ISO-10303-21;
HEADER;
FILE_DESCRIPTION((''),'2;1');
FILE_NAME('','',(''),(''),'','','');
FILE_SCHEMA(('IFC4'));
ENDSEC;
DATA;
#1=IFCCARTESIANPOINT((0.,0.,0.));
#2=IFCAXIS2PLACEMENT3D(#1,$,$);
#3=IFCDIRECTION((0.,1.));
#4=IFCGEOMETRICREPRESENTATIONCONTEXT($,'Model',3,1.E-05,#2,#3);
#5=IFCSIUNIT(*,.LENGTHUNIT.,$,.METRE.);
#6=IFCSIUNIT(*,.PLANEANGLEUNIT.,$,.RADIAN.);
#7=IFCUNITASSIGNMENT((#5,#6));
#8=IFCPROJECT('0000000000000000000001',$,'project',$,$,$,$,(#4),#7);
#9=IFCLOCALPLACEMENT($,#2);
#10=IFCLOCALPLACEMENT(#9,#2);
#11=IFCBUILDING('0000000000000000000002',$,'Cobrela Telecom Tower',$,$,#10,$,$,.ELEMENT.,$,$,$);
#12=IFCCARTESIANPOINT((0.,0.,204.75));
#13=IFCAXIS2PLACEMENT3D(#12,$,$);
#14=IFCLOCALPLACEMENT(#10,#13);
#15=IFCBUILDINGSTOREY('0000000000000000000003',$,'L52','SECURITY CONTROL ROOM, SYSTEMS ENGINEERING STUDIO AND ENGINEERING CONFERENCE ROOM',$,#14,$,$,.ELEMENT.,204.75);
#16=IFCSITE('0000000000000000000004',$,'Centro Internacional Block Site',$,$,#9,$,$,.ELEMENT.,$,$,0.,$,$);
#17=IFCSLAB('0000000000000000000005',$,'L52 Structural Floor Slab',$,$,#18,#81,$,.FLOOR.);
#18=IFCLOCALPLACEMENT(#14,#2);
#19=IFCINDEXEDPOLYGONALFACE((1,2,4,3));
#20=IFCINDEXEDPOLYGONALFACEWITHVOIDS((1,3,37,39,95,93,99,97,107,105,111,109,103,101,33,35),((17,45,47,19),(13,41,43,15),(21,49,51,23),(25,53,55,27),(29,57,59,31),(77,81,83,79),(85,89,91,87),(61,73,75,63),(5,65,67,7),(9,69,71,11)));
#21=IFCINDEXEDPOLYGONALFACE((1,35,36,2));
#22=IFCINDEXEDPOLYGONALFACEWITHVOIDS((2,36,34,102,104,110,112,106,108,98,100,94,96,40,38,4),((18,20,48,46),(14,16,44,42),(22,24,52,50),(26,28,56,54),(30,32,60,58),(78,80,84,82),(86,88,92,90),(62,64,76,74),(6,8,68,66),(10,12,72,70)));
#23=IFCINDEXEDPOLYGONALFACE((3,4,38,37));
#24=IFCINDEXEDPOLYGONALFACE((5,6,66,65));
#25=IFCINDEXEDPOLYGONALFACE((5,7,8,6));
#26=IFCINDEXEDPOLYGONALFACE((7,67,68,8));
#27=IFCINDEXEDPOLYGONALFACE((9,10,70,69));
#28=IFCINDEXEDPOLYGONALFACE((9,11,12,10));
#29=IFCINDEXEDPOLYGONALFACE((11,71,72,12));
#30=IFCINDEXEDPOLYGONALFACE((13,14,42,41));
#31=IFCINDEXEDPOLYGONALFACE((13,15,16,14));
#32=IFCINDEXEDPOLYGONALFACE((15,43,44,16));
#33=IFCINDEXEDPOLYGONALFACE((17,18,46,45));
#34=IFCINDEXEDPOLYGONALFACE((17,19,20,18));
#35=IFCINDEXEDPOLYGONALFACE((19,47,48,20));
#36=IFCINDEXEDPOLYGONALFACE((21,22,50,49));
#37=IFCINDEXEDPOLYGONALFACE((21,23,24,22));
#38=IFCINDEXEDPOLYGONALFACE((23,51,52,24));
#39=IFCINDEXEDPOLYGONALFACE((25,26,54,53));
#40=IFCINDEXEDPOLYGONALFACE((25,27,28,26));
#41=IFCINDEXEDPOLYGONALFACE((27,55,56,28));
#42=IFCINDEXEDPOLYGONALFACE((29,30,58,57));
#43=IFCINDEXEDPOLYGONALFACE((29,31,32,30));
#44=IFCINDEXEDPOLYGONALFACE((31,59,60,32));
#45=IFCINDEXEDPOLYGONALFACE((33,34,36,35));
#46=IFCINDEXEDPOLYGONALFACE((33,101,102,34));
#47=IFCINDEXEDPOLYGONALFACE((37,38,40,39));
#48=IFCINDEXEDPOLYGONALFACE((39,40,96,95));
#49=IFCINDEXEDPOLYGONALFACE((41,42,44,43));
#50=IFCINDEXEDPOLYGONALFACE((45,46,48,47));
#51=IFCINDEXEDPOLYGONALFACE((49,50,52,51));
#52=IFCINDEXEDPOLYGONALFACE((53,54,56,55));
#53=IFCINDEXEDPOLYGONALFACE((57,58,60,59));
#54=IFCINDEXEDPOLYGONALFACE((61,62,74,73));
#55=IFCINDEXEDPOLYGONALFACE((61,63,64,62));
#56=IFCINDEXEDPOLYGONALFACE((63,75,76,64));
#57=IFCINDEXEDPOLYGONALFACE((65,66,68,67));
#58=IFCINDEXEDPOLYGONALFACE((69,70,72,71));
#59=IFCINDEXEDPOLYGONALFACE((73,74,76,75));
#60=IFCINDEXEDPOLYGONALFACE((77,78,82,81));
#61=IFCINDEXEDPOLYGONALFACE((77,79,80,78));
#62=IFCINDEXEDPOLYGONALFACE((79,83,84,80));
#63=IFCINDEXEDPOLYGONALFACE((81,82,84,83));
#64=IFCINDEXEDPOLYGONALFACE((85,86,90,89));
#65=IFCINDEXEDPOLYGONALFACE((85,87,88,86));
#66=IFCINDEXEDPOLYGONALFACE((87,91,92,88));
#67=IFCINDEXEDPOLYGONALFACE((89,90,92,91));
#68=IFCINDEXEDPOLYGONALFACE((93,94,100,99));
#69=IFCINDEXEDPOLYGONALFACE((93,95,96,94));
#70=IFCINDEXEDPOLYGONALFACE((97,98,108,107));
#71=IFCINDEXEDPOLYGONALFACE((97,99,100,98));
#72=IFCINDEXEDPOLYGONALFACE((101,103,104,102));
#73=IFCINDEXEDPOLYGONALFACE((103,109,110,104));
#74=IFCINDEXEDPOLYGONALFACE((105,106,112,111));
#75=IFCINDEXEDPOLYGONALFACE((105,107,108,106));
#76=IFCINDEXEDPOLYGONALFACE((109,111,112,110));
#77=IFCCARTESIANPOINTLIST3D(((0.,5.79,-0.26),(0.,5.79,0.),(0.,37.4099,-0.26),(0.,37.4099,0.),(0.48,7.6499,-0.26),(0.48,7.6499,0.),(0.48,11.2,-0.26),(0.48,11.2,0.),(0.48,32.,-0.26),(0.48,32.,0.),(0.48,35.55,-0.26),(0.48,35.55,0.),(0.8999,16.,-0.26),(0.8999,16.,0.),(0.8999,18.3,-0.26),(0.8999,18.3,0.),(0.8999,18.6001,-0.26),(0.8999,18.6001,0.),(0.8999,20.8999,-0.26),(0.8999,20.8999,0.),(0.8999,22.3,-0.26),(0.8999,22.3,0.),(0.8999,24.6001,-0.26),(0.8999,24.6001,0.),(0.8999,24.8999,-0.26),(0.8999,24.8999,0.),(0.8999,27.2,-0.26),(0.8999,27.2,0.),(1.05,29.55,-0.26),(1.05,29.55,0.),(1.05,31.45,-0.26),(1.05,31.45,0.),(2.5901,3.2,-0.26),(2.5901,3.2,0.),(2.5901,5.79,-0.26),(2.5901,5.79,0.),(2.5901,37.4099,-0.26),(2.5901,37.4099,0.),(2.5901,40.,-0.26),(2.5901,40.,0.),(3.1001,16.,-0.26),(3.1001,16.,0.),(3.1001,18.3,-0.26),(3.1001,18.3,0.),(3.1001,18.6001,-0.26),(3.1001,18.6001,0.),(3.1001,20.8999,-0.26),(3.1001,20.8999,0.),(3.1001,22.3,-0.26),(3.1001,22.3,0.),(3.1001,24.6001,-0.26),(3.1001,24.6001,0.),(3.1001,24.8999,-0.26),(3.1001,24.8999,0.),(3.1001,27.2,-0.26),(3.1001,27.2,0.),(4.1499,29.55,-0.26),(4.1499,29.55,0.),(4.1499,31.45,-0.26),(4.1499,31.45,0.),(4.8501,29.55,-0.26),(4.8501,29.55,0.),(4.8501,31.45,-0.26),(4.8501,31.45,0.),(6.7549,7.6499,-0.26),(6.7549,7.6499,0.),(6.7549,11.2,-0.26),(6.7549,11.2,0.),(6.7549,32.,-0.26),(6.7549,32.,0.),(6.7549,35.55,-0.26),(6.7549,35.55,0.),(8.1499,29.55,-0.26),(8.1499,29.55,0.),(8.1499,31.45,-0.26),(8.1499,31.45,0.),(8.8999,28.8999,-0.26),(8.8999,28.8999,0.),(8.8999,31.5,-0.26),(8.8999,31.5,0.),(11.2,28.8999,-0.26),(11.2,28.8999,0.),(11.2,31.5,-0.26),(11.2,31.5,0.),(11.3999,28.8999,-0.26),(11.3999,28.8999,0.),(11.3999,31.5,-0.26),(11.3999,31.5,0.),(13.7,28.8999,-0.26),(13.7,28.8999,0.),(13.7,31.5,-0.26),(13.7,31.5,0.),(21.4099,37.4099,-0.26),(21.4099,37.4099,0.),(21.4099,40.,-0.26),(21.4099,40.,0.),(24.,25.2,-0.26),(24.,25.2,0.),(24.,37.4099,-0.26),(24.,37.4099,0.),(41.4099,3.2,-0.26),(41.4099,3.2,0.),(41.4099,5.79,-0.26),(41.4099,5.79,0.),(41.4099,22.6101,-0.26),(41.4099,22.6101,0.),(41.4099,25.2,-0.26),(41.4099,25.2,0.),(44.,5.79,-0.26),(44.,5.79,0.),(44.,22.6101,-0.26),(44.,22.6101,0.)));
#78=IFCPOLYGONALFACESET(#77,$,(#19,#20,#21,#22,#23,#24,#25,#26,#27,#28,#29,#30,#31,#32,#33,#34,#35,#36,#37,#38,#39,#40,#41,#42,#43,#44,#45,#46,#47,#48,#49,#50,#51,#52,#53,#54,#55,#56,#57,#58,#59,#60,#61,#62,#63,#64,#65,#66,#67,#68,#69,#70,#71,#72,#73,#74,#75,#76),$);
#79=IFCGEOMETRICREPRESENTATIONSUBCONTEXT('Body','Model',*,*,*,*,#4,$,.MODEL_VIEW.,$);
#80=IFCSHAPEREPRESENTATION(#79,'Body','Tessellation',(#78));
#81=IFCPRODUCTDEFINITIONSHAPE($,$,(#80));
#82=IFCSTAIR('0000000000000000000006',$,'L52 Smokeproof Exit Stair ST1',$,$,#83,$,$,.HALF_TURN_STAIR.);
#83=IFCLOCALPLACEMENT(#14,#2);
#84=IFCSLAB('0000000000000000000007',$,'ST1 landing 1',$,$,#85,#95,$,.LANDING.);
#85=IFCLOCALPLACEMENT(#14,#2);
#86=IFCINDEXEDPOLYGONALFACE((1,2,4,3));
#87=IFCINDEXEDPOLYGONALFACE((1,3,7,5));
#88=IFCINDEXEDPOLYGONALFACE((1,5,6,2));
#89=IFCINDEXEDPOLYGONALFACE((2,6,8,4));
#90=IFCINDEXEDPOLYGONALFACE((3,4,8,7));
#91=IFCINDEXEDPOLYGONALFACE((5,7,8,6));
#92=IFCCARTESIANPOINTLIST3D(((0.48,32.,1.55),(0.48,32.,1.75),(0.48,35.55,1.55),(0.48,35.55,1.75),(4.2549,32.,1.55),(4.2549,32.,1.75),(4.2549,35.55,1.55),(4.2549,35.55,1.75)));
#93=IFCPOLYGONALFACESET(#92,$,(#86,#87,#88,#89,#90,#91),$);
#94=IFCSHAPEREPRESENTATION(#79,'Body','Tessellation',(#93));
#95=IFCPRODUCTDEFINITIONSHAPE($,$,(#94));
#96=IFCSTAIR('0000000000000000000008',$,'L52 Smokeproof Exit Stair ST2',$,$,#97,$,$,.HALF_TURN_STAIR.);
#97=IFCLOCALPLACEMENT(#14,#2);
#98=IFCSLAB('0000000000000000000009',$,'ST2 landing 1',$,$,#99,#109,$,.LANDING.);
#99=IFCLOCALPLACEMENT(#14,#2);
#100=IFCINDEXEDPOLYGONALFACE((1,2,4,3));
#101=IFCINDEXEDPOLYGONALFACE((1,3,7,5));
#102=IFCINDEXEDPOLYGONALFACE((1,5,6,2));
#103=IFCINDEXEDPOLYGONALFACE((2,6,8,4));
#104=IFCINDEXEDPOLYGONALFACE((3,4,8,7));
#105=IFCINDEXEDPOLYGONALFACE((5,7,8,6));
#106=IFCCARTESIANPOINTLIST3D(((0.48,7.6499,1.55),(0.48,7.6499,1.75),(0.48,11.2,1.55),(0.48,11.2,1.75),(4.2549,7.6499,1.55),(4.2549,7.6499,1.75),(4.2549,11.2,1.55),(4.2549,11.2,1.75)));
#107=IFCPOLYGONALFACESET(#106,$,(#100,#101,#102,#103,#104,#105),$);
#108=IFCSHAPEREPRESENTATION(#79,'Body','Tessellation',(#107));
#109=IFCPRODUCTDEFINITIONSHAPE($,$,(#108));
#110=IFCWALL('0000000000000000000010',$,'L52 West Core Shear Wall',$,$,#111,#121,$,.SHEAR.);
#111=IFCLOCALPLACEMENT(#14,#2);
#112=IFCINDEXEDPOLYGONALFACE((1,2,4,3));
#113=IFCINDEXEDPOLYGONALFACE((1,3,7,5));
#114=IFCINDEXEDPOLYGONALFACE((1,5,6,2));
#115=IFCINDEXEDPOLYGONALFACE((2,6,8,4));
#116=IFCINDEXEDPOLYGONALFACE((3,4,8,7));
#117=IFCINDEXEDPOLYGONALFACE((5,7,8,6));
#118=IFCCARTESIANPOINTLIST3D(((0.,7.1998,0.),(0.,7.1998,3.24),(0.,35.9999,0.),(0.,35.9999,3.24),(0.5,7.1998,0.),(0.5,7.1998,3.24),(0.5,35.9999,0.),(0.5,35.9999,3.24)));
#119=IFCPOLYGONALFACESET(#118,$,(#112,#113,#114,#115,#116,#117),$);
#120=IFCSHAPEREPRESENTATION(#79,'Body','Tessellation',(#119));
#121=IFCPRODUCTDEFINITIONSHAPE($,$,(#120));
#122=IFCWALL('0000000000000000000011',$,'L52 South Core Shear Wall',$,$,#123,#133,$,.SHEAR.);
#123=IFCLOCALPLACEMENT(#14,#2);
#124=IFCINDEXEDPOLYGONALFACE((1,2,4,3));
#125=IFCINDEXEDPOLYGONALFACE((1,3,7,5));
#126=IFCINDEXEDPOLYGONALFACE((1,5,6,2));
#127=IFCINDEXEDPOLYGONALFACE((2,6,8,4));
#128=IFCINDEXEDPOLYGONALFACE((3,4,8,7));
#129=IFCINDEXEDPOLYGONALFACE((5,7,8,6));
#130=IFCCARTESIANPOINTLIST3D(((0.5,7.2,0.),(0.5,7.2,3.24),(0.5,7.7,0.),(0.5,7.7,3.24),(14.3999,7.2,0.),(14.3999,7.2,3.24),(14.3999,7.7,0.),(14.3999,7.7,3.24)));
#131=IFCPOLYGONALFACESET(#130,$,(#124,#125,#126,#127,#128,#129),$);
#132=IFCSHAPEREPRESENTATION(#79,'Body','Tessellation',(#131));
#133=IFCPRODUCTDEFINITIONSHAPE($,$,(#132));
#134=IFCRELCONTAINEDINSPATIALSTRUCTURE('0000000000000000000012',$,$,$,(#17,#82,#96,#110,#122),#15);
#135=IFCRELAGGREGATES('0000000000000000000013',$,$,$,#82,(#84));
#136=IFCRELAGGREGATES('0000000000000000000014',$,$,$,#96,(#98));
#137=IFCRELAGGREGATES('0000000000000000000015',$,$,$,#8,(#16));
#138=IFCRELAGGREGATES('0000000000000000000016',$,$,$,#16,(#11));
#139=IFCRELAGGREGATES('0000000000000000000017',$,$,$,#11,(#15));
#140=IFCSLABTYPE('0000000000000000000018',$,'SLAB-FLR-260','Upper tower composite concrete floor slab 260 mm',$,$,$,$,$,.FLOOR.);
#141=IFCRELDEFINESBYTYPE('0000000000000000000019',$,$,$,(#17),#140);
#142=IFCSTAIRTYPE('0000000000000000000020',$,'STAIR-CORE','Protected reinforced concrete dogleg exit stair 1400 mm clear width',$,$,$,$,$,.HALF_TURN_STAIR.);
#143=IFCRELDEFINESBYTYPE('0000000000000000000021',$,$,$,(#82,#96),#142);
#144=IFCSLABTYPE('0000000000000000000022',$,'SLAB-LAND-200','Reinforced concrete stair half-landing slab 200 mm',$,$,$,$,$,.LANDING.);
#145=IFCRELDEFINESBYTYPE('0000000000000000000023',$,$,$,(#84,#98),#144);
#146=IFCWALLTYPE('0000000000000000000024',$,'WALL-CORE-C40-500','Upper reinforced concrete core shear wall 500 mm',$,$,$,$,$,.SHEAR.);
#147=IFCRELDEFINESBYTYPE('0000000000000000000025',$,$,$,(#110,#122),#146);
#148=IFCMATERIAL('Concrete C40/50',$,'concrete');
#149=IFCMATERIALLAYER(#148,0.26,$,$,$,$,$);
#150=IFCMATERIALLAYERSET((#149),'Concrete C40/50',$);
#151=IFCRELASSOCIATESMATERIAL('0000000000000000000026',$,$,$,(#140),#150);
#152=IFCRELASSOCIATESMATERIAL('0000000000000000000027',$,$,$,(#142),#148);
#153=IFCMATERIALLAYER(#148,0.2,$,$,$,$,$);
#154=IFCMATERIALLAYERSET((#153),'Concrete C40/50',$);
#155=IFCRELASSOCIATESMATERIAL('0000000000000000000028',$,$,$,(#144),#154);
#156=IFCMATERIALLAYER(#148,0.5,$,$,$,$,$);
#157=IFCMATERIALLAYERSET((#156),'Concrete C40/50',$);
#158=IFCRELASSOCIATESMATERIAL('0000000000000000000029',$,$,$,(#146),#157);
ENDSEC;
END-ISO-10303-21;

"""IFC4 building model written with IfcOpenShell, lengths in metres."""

from ifc_helpers import new_model, si_unit, direction, frame, frame_2d, origin, place, context, subcontext, project, spatial, polyline, rectangle, outline, extrude, material, layer, layer_set, type_object, element, aggregate, save


model = new_model("IFC4")

# Units and contexts
model_context = context("Model", 3, precision=1e-05, world=origin(), true_north=direction((0.0, 1.0)))
body_context = subcontext(model_context, "Body", "Model", "MODEL_VIEW")
ifc_project = project(units=[si_unit("LENGTHUNIT", "METRE"), si_unit("PLANEANGLEUNIT", "RADIAN")], contexts=[model_context])

# Site, building, storey
site_placement = place(None, origin())
site = spatial("IfcSite", under=ifc_project, at=site_placement, Name="Centro Internacional Block Site", CompositionType="ELEMENT", RefElevation=0.0)
building_placement = place(site_placement, origin())
building = spatial("IfcBuilding", under=site, at=building_placement, Name="Cobrela Telecom Tower", CompositionType="ELEMENT")
storey_placement = place(building_placement, frame((0.0, 0.0, 204.75)))
storey = spatial("IfcBuildingStorey", under=building, at=storey_placement, Name="L52", Description="SECURITY CONTROL ROOM, SYSTEMS ENGINEERING STUDIO AND ENGINEERING CONFERENCE ROOM", CompositionType="ELEMENT", Elevation=204.75)

# Slab, openings
ifc_material_1 = material(Name="Concrete C40/50", Category="concrete")
ifc_layer_1 = layer(ifc_material_1, 0.26)
ifc_layer_set_1 = layer_set([ifc_layer_1], Name="Concrete C40/50")
slab_type_1 = type_object("IfcSlabType", Name="SLAB-FLR-260", Description="Upper tower composite concrete floor slab 260 mm", PredefinedType="FLOOR", material=ifc_layer_set_1)
slab_1_placement = place(storey_placement, frame((0.0, 0.0, -0.26)))
slab_1 = element("IfcSlab", 1, at=slab_1_placement, inside=storey, type_object=slab_type_1, Name="L52 Structural Floor Slab", PredefinedType="FLOOR", context=body_context, shape_type="SweptSolid", body=[
    extrude(outline(polyline([(2.5901, 3.2), (41.4099, 3.2), (41.4099, 5.79), (44.0, 5.79), (44.0, 22.6101), (41.4099, 22.6101), (41.4099, 25.2), (24.0, 25.2), (24.0, 37.4099), (21.4099, 37.4099), (21.4099, 40.0), (2.5901, 40.0), (2.5901, 37.4099), (0.0, 37.4099), (0.0, 5.79), (2.5901, 5.79), (2.5901, 3.2)])), origin(), (0.0, 0.0, 1.0), 0.26),
])
opening_1_placement = place(slab_1_placement, frame((0.0, 0.0, -0.02)))
element("IfcOpeningElement", 2, at=opening_1_placement, cuts=slab_1, PredefinedType="OPENING", context=body_context, shape_type="SweptSolid", body=[
    extrude(outline(polyline([(8.8999, 28.8999), (11.2, 28.8999), (11.2, 31.5), (8.8999, 31.5), (8.8999, 28.8999)])), origin(), (0.0, 0.0, 1.0), 0.3),
])
opening_2_placement = place(slab_1_placement, frame((0.0, 0.0, -0.02)))
element("IfcOpeningElement", 3, at=opening_2_placement, cuts=slab_1, PredefinedType="OPENING", context=body_context, shape_type="SweptSolid", body=[
    extrude(outline(polyline([(11.3999, 28.8999), (13.7, 28.8999), (13.7, 31.5), (11.3999, 31.5), (11.3999, 28.8999)])), origin(), (0.0, 0.0, 1.0), 0.3),
])
opening_3_placement = place(slab_1_placement, frame((0.0, 0.0, -0.02)))
element("IfcOpeningElement", 4, at=opening_3_placement, cuts=slab_1, PredefinedType="OPENING", context=body_context, shape_type="SweptSolid", body=[
    extrude(outline(polyline([(0.8999, 16.0), (3.1001, 16.0), (3.1001, 18.3), (0.8999, 18.3), (0.8999, 16.0)])), origin(), (0.0, 0.0, 1.0), 0.3),
])
opening_4_placement = place(slab_1_placement, frame((0.0, 0.0, -0.02)))
element("IfcOpeningElement", 5, at=opening_4_placement, cuts=slab_1, PredefinedType="OPENING", context=body_context, shape_type="SweptSolid", body=[
    extrude(outline(polyline([(0.8999, 18.6001), (3.1001, 18.6001), (3.1001, 20.8999), (0.8999, 20.8999), (0.8999, 18.6001)])), origin(), (0.0, 0.0, 1.0), 0.3),
])
opening_5_placement = place(slab_1_placement, frame((0.0, 0.0, -0.02)))
element("IfcOpeningElement", 6, at=opening_5_placement, cuts=slab_1, PredefinedType="OPENING", context=body_context, shape_type="SweptSolid", body=[
    extrude(outline(polyline([(0.8999, 22.3), (3.1001, 22.3), (3.1001, 24.6001), (0.8999, 24.6001), (0.8999, 22.3)])), origin(), (0.0, 0.0, 1.0), 0.3),
])
opening_6_placement = place(slab_1_placement, frame((0.0, 0.0, -0.02)))
element("IfcOpeningElement", 7, at=opening_6_placement, cuts=slab_1, PredefinedType="OPENING", context=body_context, shape_type="SweptSolid", body=[
    extrude(outline(polyline([(0.8999, 24.8999), (3.1001, 24.8999), (3.1001, 27.2), (0.8999, 27.2), (0.8999, 24.8999)])), origin(), (0.0, 0.0, 1.0), 0.3),
])
opening_7_placement = place(slab_1_placement, frame((0.0, 0.0, -0.02)))
element("IfcOpeningElement", 8, at=opening_7_placement, cuts=slab_1, PredefinedType="OPENING", context=body_context, shape_type="SweptSolid", body=[
    extrude(outline(polyline([(1.05, 29.55), (4.1499, 29.55), (4.1499, 31.45), (1.05, 31.45), (1.05, 29.55)])), origin(), (0.0, 0.0, 1.0), 0.3),
])
opening_8_placement = place(slab_1_placement, frame((0.0, 0.0, -0.02)))
element("IfcOpeningElement", 9, at=opening_8_placement, cuts=slab_1, PredefinedType="OPENING", context=body_context, shape_type="SweptSolid", body=[
    extrude(outline(polyline([(4.8501, 29.55), (8.1499, 29.55), (8.1499, 31.45), (4.8501, 31.45), (4.8501, 29.55)])), origin(), (0.0, 0.0, 1.0), 0.3),
])
opening_9_placement = place(slab_1_placement, frame((0.0, 0.0, -0.02)))
element("IfcOpeningElement", 10, at=opening_9_placement, cuts=slab_1, PredefinedType="OPENING", context=body_context, shape_type="SweptSolid", body=[
    extrude(outline(polyline([(6.7549, 35.55), (0.48, 35.55), (0.48, 32.0), (6.7549, 32.0), (6.7549, 35.55)])), origin(), (0.0, 0.0, 1.0), 0.3),
])
opening_10_placement = place(slab_1_placement, frame((0.0, 0.0, -0.02)))
element("IfcOpeningElement", 11, at=opening_10_placement, cuts=slab_1, PredefinedType="OPENING", context=body_context, shape_type="SweptSolid", body=[
    extrude(outline(polyline([(6.7549, 11.2), (0.48, 11.2), (0.48, 7.6499), (6.7549, 7.6499), (6.7549, 11.2)])), origin(), (0.0, 0.0, 1.0), 0.3),
])

# Stairs, slabs
stair_type = type_object("IfcStairType", Name="STAIR-CORE", Description="Protected reinforced concrete dogleg exit stair 1400 mm clear width", PredefinedType="HALF_TURN_STAIR", material=ifc_material_1)
stair_1_placement = place(storey_placement, origin())
stair_1 = element("IfcStair", 12, at=stair_1_placement, inside=storey, type_object=stair_type, Name="L52 Smokeproof Exit Stair ST1", PredefinedType="HALF_TURN_STAIR")
ifc_layer_2 = layer(ifc_material_1, 0.2)
ifc_layer_set_2 = layer_set([ifc_layer_2], Name="Concrete C40/50")
slab_type_2 = type_object("IfcSlabType", Name="SLAB-LAND-200", Description="Reinforced concrete stair half-landing slab 200 mm", PredefinedType="LANDING", material=ifc_layer_set_2)
slab_2_placement = place(storey_placement, frame((0.0, 0.0, 1.55)))
slab_2 = element("IfcSlab", 13, at=slab_2_placement, type_object=slab_type_2, Name="ST1 landing 1", PredefinedType="LANDING", context=body_context, shape_type="SweptSolid", body=[
    extrude(outline(polyline([(4.2549, 35.55), (0.48, 35.55), (0.48, 32.0), (4.2549, 32.0), (4.2549, 35.55)])), origin(), (0.0, 0.0, 1.0), 0.2),
])
aggregate(stair_1, [slab_2])
stair_2_placement = place(storey_placement, origin())
stair_2 = element("IfcStair", 14, at=stair_2_placement, inside=storey, type_object=stair_type, Name="L52 Smokeproof Exit Stair ST2", PredefinedType="HALF_TURN_STAIR")
slab_3_placement = place(storey_placement, frame((0.0, 0.0, 1.55)))
slab_3 = element("IfcSlab", 15, at=slab_3_placement, type_object=slab_type_2, Name="ST2 landing 1", PredefinedType="LANDING", context=body_context, shape_type="SweptSolid", body=[
    extrude(outline(polyline([(4.2549, 11.2), (0.48, 11.2), (0.48, 7.6499), (4.2549, 7.6499), (4.2549, 11.2)])), origin(), (0.0, 0.0, 1.0), 0.2),
])

# Walls
ifc_layer_3 = layer(ifc_material_1, 0.5)
ifc_layer_set_3 = layer_set([ifc_layer_3], Name="Concrete C40/50")
wall_type_1 = type_object("IfcWallType", Name="WALL-CORE-C40-500", Description="Upper reinforced concrete core shear wall 500 mm", PredefinedType="SHEAR", material=ifc_layer_set_3)
wall_1_placement = place(storey_placement, frame((0.25, 7.2, 0.0), z_axis=(0.0, 0.0, 1.0), x_axis=(0.0, 1.0, 0.0)))
element("IfcWall", 16, at=wall_1_placement, inside=storey, type_object=wall_type_1, Name="L52 West Core Shear Wall", PredefinedType="SHEAR", context=body_context, shape_type="SweptSolid", body=[
    extrude(rectangle(XDim=28.8, YDim=0.5, at=frame_2d((14.3999, 0.0))), origin(), (0.0, 0.0, 1.0), 3.24),
])
wall_2_placement = place(storey_placement, frame((0.5, 7.45, 0.0), z_axis=(0.0, 0.0, 1.0), x_axis=(1.0, 0.0, 0.0)))
element("IfcWall", 17, at=wall_2_placement, inside=storey, type_object=wall_type_1, Name="L52 South Core Shear Wall", PredefinedType="SHEAR", context=body_context, shape_type="SweptSolid", body=[
    extrude(rectangle(XDim=13.8999, YDim=0.5, at=frame_2d((6.95, 0.0))), origin(), (0.0, 0.0, 1.0), 3.24),
])

aggregate(stair_2, [slab_3])

save(model, "model.ifc")
